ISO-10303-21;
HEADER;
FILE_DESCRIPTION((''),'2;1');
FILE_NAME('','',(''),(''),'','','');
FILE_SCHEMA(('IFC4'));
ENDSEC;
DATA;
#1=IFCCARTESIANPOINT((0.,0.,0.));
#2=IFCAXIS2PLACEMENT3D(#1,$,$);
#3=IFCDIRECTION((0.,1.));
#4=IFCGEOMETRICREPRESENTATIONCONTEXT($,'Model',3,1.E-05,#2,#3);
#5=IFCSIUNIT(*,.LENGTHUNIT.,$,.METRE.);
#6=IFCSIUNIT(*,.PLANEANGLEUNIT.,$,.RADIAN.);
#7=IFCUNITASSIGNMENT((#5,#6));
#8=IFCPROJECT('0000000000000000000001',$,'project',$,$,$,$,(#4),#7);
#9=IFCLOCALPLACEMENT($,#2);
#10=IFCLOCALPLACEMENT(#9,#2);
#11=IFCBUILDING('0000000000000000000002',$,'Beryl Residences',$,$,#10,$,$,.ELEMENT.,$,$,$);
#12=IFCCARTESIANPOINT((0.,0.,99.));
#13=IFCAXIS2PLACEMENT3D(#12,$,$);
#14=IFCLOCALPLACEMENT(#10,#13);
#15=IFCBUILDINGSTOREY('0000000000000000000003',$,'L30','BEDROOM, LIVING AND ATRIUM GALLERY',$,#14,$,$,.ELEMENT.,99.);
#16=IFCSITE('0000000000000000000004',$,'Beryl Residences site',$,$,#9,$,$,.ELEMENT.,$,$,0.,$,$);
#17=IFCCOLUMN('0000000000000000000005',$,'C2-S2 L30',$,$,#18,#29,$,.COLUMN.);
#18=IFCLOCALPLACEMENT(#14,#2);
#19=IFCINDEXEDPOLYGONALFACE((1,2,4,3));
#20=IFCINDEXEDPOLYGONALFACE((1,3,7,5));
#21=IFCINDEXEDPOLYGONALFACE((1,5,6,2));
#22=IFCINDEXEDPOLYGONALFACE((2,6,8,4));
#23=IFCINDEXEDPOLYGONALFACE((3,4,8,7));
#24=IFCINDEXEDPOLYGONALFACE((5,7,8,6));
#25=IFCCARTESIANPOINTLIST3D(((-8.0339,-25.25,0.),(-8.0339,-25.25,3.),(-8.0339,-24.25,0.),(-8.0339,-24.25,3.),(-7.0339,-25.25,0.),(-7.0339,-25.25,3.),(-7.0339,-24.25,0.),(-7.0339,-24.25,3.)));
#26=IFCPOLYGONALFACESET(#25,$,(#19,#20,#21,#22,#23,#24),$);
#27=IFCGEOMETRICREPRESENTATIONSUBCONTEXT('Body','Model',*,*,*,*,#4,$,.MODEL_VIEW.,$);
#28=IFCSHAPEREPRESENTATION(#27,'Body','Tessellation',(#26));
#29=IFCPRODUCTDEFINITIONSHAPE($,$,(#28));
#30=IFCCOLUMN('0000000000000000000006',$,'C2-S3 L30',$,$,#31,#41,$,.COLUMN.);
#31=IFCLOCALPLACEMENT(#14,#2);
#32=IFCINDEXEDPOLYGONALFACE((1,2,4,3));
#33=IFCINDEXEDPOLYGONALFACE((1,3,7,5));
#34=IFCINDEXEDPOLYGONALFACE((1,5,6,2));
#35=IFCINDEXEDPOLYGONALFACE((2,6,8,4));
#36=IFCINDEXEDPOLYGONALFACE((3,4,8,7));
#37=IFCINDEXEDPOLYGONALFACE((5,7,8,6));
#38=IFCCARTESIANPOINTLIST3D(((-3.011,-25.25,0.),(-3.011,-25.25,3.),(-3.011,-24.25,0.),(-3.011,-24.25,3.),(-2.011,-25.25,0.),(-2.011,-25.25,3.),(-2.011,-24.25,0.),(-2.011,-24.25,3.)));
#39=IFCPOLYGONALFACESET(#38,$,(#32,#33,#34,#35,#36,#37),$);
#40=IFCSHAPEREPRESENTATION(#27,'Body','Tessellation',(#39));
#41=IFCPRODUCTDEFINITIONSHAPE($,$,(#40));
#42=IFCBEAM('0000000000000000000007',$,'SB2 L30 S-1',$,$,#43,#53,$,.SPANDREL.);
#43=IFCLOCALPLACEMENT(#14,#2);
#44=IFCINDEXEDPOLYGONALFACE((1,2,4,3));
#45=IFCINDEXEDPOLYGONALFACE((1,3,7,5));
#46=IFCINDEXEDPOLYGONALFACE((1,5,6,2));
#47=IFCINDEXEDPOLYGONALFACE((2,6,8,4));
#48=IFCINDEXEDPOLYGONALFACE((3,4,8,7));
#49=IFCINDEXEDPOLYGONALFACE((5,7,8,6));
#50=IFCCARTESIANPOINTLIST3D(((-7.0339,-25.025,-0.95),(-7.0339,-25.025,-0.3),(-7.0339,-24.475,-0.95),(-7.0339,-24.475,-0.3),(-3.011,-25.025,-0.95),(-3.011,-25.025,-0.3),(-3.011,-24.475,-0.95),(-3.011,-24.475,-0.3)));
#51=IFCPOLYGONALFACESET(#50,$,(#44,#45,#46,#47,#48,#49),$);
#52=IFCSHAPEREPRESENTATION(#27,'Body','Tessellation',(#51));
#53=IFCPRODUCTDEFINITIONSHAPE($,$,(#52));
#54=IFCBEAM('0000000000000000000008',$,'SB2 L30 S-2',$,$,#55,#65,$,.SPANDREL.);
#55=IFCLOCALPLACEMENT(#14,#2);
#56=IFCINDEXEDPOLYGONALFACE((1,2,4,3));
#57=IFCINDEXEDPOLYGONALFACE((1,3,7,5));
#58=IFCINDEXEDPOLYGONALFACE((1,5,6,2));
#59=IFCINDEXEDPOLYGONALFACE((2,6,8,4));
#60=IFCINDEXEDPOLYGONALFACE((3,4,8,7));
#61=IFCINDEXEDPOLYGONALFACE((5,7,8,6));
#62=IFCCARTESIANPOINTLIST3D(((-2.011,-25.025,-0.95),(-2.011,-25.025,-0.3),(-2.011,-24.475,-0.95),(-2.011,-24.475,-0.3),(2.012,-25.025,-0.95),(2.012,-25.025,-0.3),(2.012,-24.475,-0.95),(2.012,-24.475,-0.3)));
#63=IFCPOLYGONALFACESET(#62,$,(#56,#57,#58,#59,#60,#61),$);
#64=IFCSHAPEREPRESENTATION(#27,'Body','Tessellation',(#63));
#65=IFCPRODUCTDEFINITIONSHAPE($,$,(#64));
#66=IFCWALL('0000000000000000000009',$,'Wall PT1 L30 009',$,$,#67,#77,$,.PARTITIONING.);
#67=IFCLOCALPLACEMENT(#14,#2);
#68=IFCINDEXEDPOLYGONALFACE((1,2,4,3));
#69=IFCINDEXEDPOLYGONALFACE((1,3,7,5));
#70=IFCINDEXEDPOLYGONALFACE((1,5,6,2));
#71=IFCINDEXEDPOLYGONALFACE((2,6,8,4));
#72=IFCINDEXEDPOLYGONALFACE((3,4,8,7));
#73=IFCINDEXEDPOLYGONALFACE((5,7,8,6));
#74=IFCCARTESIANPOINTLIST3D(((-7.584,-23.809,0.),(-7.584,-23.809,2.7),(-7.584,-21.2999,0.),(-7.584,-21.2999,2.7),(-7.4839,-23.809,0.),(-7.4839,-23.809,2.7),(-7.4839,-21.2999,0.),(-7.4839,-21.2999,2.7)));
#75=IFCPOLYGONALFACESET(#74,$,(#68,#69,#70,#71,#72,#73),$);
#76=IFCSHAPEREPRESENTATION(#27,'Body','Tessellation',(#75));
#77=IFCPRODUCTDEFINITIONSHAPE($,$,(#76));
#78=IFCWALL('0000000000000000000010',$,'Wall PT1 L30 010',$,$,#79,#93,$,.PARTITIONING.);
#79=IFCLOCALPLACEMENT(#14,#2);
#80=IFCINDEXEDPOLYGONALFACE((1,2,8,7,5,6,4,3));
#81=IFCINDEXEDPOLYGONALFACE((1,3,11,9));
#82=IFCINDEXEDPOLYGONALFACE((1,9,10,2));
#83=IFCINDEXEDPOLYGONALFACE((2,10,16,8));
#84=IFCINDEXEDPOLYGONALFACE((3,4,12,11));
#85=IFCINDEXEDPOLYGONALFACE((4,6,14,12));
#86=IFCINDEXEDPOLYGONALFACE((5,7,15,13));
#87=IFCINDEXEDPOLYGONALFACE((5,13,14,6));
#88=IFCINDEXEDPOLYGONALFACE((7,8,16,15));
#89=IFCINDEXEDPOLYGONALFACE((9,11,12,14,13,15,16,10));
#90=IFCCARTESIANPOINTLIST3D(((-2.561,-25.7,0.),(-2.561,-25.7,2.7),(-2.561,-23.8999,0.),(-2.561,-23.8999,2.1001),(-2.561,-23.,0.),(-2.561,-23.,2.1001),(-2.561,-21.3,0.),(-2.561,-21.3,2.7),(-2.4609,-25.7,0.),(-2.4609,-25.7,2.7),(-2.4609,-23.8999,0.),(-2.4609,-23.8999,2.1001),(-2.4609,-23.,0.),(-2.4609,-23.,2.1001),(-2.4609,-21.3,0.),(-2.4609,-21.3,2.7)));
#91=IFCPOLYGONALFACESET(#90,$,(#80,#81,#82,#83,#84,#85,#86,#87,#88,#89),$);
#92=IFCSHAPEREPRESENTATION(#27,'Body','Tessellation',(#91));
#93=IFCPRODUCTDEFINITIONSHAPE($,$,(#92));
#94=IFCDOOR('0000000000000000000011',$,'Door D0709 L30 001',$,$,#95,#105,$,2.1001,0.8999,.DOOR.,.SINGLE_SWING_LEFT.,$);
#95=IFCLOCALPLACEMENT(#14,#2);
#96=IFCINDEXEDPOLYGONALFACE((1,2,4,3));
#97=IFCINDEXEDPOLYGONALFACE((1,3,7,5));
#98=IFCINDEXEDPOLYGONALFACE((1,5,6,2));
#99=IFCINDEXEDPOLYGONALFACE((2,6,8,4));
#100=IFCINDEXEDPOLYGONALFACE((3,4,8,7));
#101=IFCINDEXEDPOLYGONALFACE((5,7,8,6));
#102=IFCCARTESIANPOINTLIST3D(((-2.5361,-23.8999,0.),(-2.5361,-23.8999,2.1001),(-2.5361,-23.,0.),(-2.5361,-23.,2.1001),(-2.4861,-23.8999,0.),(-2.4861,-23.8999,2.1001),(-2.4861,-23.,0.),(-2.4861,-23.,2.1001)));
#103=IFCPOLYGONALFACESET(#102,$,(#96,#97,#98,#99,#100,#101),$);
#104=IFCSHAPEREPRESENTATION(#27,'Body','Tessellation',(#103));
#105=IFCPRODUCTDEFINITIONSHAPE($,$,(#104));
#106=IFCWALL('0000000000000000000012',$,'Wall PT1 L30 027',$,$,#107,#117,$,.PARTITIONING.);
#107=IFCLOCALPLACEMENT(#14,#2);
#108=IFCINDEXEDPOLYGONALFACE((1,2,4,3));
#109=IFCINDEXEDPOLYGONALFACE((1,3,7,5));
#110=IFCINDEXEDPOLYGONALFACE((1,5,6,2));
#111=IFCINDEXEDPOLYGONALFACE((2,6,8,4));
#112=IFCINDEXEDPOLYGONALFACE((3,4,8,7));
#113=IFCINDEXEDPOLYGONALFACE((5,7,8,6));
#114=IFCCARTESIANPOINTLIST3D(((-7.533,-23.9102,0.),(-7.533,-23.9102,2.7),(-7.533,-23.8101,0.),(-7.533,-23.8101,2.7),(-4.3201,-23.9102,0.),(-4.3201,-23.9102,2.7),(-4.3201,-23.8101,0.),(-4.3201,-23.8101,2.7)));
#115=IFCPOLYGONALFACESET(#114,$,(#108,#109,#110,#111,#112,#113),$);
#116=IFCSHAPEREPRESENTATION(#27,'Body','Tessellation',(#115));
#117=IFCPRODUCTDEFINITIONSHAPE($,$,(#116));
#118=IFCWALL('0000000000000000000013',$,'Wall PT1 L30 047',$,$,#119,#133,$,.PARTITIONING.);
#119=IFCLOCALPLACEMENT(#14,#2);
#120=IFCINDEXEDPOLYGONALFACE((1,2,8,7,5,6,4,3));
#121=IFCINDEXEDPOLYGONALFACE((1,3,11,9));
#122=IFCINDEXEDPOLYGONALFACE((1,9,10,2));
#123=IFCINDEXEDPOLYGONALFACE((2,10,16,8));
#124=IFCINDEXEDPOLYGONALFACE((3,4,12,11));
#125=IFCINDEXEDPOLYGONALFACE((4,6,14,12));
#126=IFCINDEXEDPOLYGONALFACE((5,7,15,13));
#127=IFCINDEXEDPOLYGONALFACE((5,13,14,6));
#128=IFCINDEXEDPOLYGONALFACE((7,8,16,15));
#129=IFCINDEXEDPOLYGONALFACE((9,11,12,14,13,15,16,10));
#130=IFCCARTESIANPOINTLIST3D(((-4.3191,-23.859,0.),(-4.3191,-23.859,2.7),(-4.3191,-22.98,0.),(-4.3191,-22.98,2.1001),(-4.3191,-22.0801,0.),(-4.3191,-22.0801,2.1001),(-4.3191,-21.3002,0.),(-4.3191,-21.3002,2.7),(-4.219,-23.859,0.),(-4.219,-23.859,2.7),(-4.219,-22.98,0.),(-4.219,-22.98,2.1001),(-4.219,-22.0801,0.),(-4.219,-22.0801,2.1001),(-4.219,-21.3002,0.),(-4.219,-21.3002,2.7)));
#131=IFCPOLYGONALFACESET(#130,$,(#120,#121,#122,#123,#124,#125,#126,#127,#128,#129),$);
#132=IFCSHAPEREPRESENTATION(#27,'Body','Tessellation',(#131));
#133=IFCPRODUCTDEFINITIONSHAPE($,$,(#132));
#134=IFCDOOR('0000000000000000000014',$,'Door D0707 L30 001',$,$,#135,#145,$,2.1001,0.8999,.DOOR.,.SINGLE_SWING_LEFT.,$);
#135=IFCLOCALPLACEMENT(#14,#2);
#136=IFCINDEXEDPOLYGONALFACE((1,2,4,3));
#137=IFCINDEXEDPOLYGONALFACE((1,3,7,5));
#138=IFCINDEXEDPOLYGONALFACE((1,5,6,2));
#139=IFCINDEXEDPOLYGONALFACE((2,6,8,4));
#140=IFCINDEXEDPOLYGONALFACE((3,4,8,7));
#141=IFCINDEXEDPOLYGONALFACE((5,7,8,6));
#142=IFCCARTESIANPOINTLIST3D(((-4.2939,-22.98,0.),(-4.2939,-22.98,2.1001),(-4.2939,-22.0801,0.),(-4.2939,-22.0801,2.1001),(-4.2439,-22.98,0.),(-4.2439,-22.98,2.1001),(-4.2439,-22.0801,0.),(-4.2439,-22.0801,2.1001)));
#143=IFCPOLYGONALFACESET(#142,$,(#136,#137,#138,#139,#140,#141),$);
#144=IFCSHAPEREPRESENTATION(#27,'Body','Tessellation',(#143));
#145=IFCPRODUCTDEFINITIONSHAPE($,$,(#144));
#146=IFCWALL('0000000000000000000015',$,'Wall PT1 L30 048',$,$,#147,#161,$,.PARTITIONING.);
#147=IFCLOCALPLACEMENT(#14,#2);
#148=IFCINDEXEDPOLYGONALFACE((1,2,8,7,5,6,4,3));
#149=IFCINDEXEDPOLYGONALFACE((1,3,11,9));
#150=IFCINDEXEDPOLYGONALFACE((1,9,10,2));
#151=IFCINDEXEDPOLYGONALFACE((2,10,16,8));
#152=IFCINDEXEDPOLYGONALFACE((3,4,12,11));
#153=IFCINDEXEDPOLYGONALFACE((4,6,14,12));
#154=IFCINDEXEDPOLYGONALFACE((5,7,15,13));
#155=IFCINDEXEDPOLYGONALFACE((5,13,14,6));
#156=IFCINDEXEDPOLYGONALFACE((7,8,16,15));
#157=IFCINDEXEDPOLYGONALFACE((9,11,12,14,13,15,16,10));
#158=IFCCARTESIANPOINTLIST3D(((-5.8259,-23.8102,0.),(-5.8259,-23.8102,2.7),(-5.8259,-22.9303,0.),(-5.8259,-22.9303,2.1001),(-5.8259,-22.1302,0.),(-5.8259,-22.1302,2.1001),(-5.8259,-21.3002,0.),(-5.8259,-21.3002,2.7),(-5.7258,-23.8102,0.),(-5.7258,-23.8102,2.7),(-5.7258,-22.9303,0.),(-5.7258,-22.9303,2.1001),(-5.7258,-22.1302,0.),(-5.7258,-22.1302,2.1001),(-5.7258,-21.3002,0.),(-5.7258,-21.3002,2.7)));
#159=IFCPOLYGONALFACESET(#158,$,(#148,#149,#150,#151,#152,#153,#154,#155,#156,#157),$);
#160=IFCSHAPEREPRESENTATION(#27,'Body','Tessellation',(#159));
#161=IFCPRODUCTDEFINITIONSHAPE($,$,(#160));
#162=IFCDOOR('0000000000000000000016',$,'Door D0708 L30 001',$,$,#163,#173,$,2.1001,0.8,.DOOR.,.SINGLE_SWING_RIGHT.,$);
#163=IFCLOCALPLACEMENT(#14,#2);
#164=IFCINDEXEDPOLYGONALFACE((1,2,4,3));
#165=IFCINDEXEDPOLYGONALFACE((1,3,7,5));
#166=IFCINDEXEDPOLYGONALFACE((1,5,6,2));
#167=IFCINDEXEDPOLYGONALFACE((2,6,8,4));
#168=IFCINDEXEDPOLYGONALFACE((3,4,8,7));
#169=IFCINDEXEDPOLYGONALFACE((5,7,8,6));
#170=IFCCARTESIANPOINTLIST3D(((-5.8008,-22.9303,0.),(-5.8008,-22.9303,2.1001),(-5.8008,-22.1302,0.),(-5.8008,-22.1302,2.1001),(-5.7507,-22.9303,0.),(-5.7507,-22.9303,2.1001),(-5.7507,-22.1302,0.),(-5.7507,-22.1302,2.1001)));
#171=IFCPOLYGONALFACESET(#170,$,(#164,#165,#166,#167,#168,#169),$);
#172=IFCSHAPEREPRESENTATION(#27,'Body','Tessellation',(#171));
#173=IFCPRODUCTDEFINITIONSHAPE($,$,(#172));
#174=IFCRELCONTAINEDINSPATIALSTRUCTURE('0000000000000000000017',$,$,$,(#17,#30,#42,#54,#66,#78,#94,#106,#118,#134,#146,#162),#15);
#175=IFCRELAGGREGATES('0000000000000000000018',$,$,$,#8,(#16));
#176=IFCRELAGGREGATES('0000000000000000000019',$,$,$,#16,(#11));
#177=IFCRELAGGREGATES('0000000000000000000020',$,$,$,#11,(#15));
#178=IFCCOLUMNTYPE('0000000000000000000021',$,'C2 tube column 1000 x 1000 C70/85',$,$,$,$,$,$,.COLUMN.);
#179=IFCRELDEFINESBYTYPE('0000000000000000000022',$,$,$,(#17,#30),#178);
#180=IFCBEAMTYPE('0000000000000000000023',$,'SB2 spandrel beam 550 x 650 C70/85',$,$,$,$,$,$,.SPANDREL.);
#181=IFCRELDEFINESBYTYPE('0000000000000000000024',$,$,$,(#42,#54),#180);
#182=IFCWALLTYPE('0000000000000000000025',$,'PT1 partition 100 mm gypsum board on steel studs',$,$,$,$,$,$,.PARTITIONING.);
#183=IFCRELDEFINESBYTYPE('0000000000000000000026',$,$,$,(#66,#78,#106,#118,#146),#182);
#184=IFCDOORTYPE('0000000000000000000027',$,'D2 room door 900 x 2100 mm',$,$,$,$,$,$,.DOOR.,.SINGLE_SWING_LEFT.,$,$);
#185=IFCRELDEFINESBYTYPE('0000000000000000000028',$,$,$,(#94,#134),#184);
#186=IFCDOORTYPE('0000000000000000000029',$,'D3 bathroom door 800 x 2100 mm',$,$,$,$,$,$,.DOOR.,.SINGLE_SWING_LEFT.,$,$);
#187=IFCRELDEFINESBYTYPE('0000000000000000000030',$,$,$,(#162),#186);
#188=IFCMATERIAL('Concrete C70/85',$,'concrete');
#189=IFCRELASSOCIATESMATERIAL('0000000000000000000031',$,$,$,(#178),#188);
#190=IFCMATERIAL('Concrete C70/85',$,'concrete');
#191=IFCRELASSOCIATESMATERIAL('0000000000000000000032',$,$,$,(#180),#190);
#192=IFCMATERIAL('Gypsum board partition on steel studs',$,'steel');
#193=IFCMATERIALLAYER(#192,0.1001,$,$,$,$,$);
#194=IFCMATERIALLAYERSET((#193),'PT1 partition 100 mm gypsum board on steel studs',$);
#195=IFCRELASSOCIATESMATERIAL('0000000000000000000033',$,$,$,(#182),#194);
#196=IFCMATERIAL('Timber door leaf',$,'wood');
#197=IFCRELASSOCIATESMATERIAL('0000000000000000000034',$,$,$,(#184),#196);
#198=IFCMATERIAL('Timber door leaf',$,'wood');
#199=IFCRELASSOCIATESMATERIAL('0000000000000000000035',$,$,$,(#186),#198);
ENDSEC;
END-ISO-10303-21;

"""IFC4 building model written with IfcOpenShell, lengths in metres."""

from ifc_helpers import new_model, si_unit, direction, frame, frame_2d, origin, origin_2d, place, context, subcontext, project, spatial, rectangle, extrude, material, layer, layer_set, material_profile, profile_set, type_object, element, fill, save


model = new_model("IFC4")

# Units and contexts
model_context = context("Model", 3, precision=1e-05, world=origin(), true_north=direction((0.0, 1.0)))
body_context = subcontext(model_context, "Body", "Model", "MODEL_VIEW")
ifc_project = project(units=[si_unit("LENGTHUNIT", "METRE"), si_unit("PLANEANGLEUNIT", "RADIAN")], contexts=[model_context])

# Site, building, storey
site_placement = place(None, origin())
site = spatial("IfcSite", under=ifc_project, at=site_placement, Name="Beryl Residences site", CompositionType="ELEMENT", RefElevation=0.0)
building_placement = place(site_placement, origin())
building = spatial("IfcBuilding", under=site, at=building_placement, Name="Beryl Residences", CompositionType="ELEMENT")
storey_placement = place(building_placement, frame((0.0, 0.0, 99.0)))
storey = spatial("IfcBuildingStorey", under=building, at=storey_placement, Name="L30", Description="BEDROOM, LIVING AND ATRIUM GALLERY", CompositionType="ELEMENT", Elevation=99.0)

# Columns
ifc_material_1 = material(Name="Concrete C70/85", Category="concrete")
ifc_material_profile_1 = material_profile(ifc_material_1, rectangle(XDim=1.0, YDim=1.0, at=origin_2d()))
ifc_profile_set_1 = profile_set([ifc_material_profile_1], Name="Concrete C70/85")
column_type = type_object("IfcColumnType", Name="C2 tube column 1000 x 1000 C70/85", PredefinedType="COLUMN", material=ifc_profile_set_1)
for number, where, z_axis, x_axis, name in (
    (1, (-7.5339, -24.75, 0.0), (0.0, 0.0, 1.0), (1.0, 0.0, 0.0), "C2-S2 L30"),
    (2, (-2.511, -24.75, 0.0), (0.0, 0.0, 1.0), (1.0, 0.0, 0.0), "C2-S3 L30"),
):
    element("IfcColumn", number, at=place(storey_placement, frame(where, z_axis=z_axis, x_axis=x_axis)), inside=storey, type_object=column_type, Name=name, PredefinedType="COLUMN", context=body_context, shape_type="SweptSolid", body=[
        extrude(rectangle(XDim=1.0, YDim=1.0, at=origin_2d()), origin(), (0.0, 0.0, 1.0), 3.0),
    ])

# Beams
ifc_material_2 = material(Name="Concrete C70/85", Category="concrete")
ifc_material_profile_2 = material_profile(ifc_material_2, rectangle(XDim=0.55, YDim=0.6499, at=origin_2d()))
ifc_profile_set_2 = profile_set([ifc_material_profile_2], Name="Concrete C70/85")
beam_type = type_object("IfcBeamType", Name="SB2 spandrel beam 550 x 650 C70/85", PredefinedType="SPANDREL", material=ifc_profile_set_2)
for number, where, z_axis, x_axis, name in (
    (3, (-7.0339, -24.75, -0.625), (1.0, 0.0, 0.0), (0.0, 1.0, 0.0), "SB2 L30 S-1"),
    (4, (-2.011, -24.75, -0.625), (1.0, 0.0, 0.0), (0.0, 1.0, 0.0), "SB2 L30 S-2"),
):
    element("IfcBeam", number, at=place(storey_placement, frame(where, z_axis=z_axis, x_axis=x_axis)), inside=storey, type_object=beam_type, Name=name, PredefinedType="SPANDREL", context=body_context, shape_type="SweptSolid", body=[
        extrude(rectangle(XDim=0.55, YDim=0.6499, at=origin_2d()), origin(), (0.0, 0.0, 1.0), 4.0229),
    ])

# Wall
ifc_material_3 = material(Name="Gypsum board partition on steel studs", Category="steel")
ifc_layer_1 = layer(ifc_material_3, 0.1001)
ifc_layer_set_1 = layer_set([ifc_layer_1], Name="PT1 partition 100 mm gypsum board on steel studs")
wall_type_1 = type_object("IfcWallType", Name="PT1 partition 100 mm gypsum board on steel studs", PredefinedType="PARTITIONING", material=ifc_layer_set_1)
wall_1_placement = place(storey_placement, frame((-7.5339, -21.3, 0.0), z_axis=(0.0, 0.0, 1.0), x_axis=(0.0, -1.0, 0.0)))
element("IfcWall", 5, at=wall_1_placement, inside=storey, type_object=wall_type_1, Name="Wall PT1 L30 009", PredefinedType="PARTITIONING", context=body_context, shape_type="SweptSolid", body=[
    extrude(rectangle(XDim=2.509, YDim=0.1001, at=frame_2d((1.2544, 0.0))), origin(), (0.0, 0.0, 1.0), 2.7),
])

# Wall, opening, door
wall_2_placement = place(storey_placement, frame((-2.511, -21.3, 0.0), z_axis=(0.0, 0.0, 1.0), x_axis=(0.0, -1.0, 0.0)))
wall_2 = element("IfcWall", 6, at=wall_2_placement, inside=storey, type_object=wall_type_1, Name="Wall PT1 L30 010", PredefinedType="PARTITIONING", context=body_context, shape_type="SweptSolid", body=[
    extrude(rectangle(XDim=4.3999, YDim=0.1001, at=frame_2d((2.2, 0.0))), origin(), (0.0, 0.0, 1.0), 2.7),
])
opening_1_placement = place(wall_2_placement, frame((1.7, 0.0, 0.0)))
opening_1 = element("IfcOpeningElement", 7, at=opening_1_placement, cuts=wall_2, PredefinedType="OPENING", context=body_context, shape_type="SweptSolid", body=[
    extrude(rectangle(XDim=0.8999, YDim=2.1001, at=frame_2d((0.45, 1.05))), frame((0.0, 0.0601, 0.0), z_axis=(0.0, -1.0, 0.0), x_axis=(1.0, 0.0, 0.0)), (0.0, 0.0, 1.0), 0.1201),
])
ifc_material_4 = material(Name="Timber door leaf", Category="wood")
door_type_1 = type_object("IfcDoorType", Name="D2 room door 900 x 2100 mm", OperationType="SINGLE_SWING_LEFT", PredefinedType="DOOR", material=ifc_material_4)
door_1_placement = place(opening_1_placement, origin())
door_1 = element("IfcDoor", 8, at=door_1_placement, inside=storey, type_object=door_type_1, Name="Door D0709 L30 001", OperationType="SINGLE_SWING_LEFT", OverallHeight=2.1001, OverallWidth=0.8999, PredefinedType="DOOR", context=body_context, shape_type="SweptSolid", body=[
    extrude(rectangle(XDim=0.8999, YDim=2.1001, at=frame_2d((0.45, 1.05))), frame((0.0, 0.0249, 0.0), z_axis=(0.0, -1.0, 0.0), x_axis=(1.0, 0.0, 0.0)), (0.0, 0.0, 1.0), 0.05),
])
fill(opening_1, door_1)

# Wall
wall_3_placement = place(storey_placement, frame((-7.533, -23.8601, 0.0), z_axis=(0.0, 0.0, 1.0), x_axis=(1.0, 0.0, 0.0)))
element("IfcWall", 9, at=wall_3_placement, inside=storey, type_object=wall_type_1, Name="Wall PT1 L30 027", PredefinedType="PARTITIONING", context=body_context, shape_type="SweptSolid", body=[
    extrude(rectangle(XDim=3.2129, YDim=0.1001, at=frame_2d((1.6064, 0.0))), origin(), (0.0, 0.0, 1.0), 2.7),
])

# Walls, openings, doors
wall_4_placement = place(storey_placement, frame((-4.269, -23.8589, 0.0), z_axis=(0.0, 0.0, 1.0), x_axis=(0.0, 1.0, 0.0)))
wall_4 = element("IfcWall", 10, at=wall_4_placement, inside=storey, type_object=wall_type_1, Name="Wall PT1 L30 047", PredefinedType="PARTITIONING", context=body_context, shape_type="SweptSolid", body=[
    extrude(rectangle(XDim=2.5588, YDim=0.1001, at=frame_2d((1.2793, 0.0))), origin(), (0.0, 0.0, 1.0), 2.7),
])
opening_2_placement = place(wall_4_placement, frame((0.8789, 0.0, 0.0)))
opening_2 = element("IfcOpeningElement", 11, at=opening_2_placement, cuts=wall_4, PredefinedType="OPENING", context=body_context, shape_type="SweptSolid", body=[
    extrude(rectangle(XDim=0.8999, YDim=2.1001, at=frame_2d((0.45, 1.05))), frame((0.0, 0.0601, 0.0), z_axis=(0.0, -1.0, 0.0), x_axis=(1.0, 0.0, 0.0)), (0.0, 0.0, 1.0), 0.1201),
])
door_2_placement = place(opening_2_placement, origin())
door_2 = element("IfcDoor", 12, at=door_2_placement, inside=storey, type_object=door_type_1, Name="Door D0707 L30 001", OperationType="SINGLE_SWING_LEFT", OverallHeight=2.1001, OverallWidth=0.8999, PredefinedType="DOOR", context=body_context, shape_type="SweptSolid", body=[
    extrude(rectangle(XDim=0.8999, YDim=2.1001, at=frame_2d((0.45, 1.05))), frame((0.0, 0.0249, 0.0), z_axis=(0.0, -1.0, 0.0), x_axis=(1.0, 0.0, 0.0)), (0.0, 0.0, 1.0), 0.05),
])
fill(opening_2, door_2)
wall_5_placement = place(storey_placement, frame((-5.7759, -23.8101, 0.0), z_axis=(0.0, 0.0, 1.0), x_axis=(0.0, 1.0, 0.0)))
wall_5 = element("IfcWall", 13, at=wall_5_placement, inside=storey, type_object=wall_type_1, Name="Wall PT1 L30 048", PredefinedType="PARTITIONING", context=body_context, shape_type="SweptSolid", body=[
    extrude(rectangle(XDim=2.51, YDim=0.1001, at=frame_2d((1.2549, 0.0))), origin(), (0.0, 0.0, 1.0), 2.7),
])
opening_3_placement = place(wall_5_placement, frame((0.8799, 0.0, 0.0)))
opening_3 = element("IfcOpeningElement", 14, at=opening_3_placement, cuts=wall_5, PredefinedType="OPENING", context=body_context, shape_type="SweptSolid", body=[
    extrude(rectangle(XDim=0.8, YDim=2.1001, at=frame_2d((0.3999, 1.05))), frame((0.0, 0.0601, 0.0), z_axis=(0.0, -1.0, 0.0), x_axis=(1.0, 0.0, 0.0)), (0.0, 0.0, 1.0), 0.1201),
])
ifc_material_5 = material(Name="Timber door leaf", Category="wood")
door_type_2 = type_object("IfcDoorType", Name="D3 bathroom door 800 x 2100 mm", OperationType="SINGLE_SWING_LEFT", PredefinedType="DOOR", material=ifc_material_5)
door_3_placement = place(opening_3_placement, origin())
door_3 = element("IfcDoor", 15, at=door_3_placement, inside=storey, type_object=door_type_2, Name="Door D0708 L30 001", OperationType="SINGLE_SWING_RIGHT", OverallHeight=2.1001, OverallWidth=0.8, PredefinedType="DOOR", context=body_context, shape_type="SweptSolid", body=[
    extrude(rectangle(XDim=0.8, YDim=2.1001, at=frame_2d((0.3999, 1.05))), frame((0.0, 0.0249, 0.0), z_axis=(0.0, -1.0, 0.0), x_axis=(1.0, 0.0, 0.0)), (0.0, 0.0, 1.0), 0.05),
])
fill(opening_3, door_3)

save(model, "model.ifc")
